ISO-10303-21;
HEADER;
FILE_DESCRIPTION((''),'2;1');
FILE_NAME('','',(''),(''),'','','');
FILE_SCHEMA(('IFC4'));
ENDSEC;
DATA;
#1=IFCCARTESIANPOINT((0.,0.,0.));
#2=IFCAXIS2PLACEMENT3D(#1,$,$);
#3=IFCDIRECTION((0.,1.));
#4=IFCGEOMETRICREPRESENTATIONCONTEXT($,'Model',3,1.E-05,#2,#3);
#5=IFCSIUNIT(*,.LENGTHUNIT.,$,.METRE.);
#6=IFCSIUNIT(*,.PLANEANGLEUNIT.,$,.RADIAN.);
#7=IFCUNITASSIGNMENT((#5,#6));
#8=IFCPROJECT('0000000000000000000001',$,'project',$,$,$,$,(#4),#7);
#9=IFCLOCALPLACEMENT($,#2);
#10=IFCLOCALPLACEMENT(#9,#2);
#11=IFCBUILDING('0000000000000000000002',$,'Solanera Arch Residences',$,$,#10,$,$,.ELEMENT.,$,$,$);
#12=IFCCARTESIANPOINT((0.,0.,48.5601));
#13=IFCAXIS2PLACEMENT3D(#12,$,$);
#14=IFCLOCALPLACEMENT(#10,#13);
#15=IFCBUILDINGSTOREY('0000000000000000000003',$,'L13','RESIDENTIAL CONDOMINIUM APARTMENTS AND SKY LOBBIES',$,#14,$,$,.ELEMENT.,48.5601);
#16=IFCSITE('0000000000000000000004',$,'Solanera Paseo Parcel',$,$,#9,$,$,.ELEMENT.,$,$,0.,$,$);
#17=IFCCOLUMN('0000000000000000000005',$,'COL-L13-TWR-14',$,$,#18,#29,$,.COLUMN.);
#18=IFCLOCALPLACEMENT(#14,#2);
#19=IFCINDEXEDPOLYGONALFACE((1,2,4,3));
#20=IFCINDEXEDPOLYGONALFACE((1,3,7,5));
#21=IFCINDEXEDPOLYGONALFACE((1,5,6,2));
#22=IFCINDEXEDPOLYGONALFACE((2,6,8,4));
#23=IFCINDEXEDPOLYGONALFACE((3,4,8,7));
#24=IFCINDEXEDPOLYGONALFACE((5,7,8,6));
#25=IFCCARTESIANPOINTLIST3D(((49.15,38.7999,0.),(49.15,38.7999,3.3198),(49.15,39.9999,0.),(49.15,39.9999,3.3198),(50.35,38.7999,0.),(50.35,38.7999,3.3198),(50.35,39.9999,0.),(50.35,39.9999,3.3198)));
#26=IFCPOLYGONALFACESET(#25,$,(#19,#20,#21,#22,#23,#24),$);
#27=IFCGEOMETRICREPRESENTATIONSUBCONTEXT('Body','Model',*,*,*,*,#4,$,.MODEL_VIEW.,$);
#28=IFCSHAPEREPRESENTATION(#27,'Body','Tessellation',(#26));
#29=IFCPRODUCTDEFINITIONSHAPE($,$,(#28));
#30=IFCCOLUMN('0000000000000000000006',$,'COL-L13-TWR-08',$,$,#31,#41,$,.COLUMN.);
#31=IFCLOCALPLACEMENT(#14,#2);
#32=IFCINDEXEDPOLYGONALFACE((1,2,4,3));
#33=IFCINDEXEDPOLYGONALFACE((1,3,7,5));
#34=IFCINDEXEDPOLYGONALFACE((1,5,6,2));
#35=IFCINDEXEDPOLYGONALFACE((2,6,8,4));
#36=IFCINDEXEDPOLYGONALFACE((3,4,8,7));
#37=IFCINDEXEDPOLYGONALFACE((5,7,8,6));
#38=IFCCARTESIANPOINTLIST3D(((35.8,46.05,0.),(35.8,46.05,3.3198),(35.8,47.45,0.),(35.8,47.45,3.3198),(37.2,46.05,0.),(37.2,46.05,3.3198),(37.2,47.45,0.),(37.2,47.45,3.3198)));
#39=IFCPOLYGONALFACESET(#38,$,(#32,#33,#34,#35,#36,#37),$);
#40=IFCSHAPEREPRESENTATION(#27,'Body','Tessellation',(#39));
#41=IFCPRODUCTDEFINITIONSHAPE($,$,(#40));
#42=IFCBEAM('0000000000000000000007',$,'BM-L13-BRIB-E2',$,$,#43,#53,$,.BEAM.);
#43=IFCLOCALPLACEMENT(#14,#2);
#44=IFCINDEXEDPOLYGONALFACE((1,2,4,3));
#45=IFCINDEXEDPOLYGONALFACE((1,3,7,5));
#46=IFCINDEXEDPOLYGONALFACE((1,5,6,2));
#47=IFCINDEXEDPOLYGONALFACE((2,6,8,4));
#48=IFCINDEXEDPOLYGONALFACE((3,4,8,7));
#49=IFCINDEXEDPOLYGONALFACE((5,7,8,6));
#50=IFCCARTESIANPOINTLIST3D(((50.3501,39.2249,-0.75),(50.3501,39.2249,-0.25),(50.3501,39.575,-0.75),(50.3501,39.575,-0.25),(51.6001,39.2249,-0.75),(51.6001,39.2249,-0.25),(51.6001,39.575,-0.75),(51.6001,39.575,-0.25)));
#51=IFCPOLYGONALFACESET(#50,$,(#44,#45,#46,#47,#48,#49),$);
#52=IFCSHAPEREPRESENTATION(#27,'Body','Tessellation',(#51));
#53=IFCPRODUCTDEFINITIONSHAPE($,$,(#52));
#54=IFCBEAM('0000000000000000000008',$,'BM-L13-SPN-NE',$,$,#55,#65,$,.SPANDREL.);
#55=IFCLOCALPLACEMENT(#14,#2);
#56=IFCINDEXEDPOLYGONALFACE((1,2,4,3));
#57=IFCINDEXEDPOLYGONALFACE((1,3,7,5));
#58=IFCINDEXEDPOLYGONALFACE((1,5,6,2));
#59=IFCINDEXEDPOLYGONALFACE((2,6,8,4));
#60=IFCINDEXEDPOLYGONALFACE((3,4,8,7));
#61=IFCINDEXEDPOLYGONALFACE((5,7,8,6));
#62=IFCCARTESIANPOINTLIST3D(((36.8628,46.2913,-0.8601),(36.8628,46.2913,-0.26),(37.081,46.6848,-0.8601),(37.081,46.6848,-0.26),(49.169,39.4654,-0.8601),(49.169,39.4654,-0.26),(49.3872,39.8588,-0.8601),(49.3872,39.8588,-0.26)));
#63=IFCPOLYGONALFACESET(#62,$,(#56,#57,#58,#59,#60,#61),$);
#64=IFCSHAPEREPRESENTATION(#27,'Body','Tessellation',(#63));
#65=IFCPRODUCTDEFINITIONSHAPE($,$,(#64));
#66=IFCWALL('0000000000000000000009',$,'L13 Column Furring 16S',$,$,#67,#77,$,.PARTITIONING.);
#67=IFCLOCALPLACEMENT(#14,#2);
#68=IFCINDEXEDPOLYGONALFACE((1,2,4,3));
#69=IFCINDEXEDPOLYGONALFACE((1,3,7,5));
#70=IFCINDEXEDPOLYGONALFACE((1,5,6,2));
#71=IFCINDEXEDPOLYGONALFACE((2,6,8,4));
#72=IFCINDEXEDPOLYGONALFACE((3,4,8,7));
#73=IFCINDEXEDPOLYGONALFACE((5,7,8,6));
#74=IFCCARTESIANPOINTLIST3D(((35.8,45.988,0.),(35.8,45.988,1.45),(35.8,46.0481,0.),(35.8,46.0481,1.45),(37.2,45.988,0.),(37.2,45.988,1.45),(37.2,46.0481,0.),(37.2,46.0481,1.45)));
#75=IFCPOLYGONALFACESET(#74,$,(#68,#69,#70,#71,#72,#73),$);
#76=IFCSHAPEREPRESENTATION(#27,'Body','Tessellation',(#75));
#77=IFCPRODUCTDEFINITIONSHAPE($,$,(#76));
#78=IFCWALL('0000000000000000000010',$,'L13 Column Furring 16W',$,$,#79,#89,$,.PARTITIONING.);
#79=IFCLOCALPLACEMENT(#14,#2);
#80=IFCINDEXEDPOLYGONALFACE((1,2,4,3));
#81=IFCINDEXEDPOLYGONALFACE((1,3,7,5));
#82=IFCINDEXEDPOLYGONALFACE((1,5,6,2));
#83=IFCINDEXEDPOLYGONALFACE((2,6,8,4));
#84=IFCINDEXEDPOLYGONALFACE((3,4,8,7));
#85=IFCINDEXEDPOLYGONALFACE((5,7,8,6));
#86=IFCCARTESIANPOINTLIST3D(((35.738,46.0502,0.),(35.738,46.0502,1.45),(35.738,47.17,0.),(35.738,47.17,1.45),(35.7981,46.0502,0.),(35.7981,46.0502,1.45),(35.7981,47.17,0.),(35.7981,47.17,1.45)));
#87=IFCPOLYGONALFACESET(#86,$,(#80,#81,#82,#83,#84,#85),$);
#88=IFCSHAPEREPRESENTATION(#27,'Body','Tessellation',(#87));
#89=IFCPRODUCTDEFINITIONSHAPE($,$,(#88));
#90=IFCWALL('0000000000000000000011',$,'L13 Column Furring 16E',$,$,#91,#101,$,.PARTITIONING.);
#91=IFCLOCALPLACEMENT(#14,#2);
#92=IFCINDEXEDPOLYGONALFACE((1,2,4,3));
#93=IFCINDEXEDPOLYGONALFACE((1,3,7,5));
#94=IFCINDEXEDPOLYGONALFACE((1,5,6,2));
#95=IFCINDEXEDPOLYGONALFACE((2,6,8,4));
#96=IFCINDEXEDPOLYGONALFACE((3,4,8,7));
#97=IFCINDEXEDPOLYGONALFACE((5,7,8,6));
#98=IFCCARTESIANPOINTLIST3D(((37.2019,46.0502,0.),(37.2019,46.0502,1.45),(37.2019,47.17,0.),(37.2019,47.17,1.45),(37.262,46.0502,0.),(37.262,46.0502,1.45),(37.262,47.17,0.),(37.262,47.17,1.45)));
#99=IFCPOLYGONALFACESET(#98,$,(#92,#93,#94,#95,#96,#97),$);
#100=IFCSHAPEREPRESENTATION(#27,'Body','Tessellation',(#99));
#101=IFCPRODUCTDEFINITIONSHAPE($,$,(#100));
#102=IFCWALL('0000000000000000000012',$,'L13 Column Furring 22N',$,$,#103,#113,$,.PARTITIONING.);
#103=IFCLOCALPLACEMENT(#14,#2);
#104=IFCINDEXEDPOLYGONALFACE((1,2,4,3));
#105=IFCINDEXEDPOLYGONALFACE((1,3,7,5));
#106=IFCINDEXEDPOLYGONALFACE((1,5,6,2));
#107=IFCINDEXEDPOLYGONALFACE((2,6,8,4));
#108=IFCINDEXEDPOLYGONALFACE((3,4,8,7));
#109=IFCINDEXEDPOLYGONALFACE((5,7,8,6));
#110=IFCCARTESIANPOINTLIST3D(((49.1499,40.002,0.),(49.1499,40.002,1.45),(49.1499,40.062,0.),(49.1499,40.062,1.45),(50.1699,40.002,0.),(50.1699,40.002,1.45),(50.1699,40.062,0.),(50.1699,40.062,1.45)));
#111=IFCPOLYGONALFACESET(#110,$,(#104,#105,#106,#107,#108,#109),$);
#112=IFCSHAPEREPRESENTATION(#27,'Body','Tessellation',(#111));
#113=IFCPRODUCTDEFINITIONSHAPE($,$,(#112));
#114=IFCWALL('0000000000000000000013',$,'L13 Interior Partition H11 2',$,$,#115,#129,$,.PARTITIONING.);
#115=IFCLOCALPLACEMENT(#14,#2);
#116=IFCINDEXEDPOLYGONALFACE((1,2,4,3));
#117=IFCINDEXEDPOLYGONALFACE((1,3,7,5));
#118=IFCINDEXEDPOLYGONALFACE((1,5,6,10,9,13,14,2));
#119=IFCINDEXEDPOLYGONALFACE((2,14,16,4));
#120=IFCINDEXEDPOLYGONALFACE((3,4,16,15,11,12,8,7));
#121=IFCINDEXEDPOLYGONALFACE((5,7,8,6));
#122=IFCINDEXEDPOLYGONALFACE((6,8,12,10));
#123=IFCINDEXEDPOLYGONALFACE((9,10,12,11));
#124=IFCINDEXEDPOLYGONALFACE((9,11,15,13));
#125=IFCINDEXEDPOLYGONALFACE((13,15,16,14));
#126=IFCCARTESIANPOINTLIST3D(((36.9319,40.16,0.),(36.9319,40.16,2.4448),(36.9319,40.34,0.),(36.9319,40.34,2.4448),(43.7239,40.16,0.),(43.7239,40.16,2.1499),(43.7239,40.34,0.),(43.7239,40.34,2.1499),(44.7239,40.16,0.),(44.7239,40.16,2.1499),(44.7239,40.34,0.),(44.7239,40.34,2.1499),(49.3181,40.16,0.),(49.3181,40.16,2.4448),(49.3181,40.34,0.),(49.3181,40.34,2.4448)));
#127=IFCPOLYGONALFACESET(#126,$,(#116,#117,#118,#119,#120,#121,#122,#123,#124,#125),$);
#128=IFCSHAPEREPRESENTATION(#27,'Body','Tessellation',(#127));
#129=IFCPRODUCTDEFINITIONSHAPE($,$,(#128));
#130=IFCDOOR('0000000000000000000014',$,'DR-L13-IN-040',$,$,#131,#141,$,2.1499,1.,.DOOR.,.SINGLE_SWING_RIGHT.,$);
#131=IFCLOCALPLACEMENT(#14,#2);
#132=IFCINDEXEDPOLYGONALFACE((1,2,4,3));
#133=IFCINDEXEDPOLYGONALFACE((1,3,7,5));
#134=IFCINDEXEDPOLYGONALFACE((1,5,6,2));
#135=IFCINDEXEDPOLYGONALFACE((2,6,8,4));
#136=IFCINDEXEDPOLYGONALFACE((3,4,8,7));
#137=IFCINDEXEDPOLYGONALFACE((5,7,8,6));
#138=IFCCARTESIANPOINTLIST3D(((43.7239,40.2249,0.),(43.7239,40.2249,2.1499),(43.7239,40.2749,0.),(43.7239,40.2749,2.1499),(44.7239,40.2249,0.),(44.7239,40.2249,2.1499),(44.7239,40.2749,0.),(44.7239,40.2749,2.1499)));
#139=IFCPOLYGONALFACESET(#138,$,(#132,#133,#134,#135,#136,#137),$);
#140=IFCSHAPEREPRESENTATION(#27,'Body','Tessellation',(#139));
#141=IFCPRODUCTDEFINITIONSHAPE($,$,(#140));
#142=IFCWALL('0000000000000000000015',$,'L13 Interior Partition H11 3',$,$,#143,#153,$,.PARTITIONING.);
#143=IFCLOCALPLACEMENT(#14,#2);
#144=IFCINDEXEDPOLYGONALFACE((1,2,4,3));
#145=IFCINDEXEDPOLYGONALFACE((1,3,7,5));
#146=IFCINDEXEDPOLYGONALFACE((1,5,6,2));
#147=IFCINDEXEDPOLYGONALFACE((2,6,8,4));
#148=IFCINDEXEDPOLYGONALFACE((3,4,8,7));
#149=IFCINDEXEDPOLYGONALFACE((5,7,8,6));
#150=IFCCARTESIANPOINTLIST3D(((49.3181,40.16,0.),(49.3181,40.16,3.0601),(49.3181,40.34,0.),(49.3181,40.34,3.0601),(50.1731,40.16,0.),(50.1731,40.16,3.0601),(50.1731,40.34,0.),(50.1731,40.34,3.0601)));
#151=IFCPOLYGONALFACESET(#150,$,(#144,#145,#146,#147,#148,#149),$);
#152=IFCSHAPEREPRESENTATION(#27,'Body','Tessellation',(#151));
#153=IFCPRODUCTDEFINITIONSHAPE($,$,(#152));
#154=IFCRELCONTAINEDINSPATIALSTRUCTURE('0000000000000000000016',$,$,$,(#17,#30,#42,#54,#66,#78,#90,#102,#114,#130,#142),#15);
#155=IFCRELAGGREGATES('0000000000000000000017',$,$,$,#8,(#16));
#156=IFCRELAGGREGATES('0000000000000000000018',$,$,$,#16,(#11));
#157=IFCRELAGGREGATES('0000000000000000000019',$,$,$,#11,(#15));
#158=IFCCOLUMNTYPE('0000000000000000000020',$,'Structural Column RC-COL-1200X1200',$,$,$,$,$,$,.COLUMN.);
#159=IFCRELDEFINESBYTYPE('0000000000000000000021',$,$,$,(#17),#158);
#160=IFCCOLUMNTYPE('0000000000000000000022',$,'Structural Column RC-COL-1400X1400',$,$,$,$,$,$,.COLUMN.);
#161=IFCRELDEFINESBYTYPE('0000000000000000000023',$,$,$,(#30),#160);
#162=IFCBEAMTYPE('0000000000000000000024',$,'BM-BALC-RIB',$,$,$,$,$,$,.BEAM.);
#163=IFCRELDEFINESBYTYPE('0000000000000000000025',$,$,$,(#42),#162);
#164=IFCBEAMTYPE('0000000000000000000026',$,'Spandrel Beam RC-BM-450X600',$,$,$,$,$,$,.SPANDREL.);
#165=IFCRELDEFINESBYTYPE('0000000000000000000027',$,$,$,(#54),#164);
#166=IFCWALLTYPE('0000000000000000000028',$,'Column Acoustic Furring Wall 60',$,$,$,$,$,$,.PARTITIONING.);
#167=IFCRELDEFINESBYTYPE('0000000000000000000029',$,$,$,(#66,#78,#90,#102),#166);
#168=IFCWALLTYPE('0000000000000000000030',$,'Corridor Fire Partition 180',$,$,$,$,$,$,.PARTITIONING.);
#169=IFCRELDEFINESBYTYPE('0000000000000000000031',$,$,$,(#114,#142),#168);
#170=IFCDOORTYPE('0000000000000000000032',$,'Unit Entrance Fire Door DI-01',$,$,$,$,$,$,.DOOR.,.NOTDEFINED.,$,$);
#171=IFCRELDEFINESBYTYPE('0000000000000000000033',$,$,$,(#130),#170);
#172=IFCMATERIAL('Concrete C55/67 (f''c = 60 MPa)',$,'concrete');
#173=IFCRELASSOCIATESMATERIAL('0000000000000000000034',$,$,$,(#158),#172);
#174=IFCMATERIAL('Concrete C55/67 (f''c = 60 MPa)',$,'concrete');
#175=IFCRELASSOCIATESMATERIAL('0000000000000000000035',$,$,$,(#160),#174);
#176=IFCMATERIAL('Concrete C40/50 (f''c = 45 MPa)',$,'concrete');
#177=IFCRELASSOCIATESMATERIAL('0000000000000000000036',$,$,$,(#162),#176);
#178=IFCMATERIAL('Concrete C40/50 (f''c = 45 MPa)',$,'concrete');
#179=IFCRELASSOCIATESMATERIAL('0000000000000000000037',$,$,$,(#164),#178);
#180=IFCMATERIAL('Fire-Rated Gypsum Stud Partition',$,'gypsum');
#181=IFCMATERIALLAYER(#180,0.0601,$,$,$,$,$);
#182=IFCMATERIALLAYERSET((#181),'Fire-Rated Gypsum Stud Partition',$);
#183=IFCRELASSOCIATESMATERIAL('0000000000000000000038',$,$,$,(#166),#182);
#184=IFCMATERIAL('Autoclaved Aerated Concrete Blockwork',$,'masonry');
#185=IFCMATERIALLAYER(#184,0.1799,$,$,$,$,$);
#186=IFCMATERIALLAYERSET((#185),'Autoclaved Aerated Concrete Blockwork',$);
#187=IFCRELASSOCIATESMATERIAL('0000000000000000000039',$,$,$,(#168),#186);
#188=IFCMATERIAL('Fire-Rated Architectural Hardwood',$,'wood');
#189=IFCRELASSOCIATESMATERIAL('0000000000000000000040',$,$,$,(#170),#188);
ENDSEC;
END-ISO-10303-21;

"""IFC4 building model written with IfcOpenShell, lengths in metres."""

from ifc_helpers import new_model, si_unit, direction, frame, frame_2d, origin, origin_2d, place, context, subcontext, project, spatial, rectangle, extrude, material, layer, layer_set, material_profile, profile_set, type_object, element, fill, save


model = new_model("IFC4")

# Units and contexts
model_context = context("Model", 3, precision=1e-05, world=origin(), true_north=direction((0.0, 1.0)))
body_context = subcontext(model_context, "Body", "Model", "MODEL_VIEW")
ifc_project = project(units=[si_unit("LENGTHUNIT", "METRE"), si_unit("PLANEANGLEUNIT", "RADIAN")], contexts=[model_context])

# Site, building, storey
site_placement = place(None, origin())
site = spatial("IfcSite", under=ifc_project, at=site_placement, Name="Solanera Paseo Parcel", CompositionType="ELEMENT", RefElevation=0.0)
building_placement = place(site_placement, origin())
building = spatial("IfcBuilding", under=site, at=building_placement, Name="Solanera Arch Residences", CompositionType="ELEMENT")
storey_placement = place(building_placement, frame((0.0, 0.0, 48.5601)))
storey = spatial("IfcBuildingStorey", under=building, at=storey_placement, Name="L13", Description="RESIDENTIAL CONDOMINIUM APARTMENTS AND SKY LOBBIES", CompositionType="ELEMENT", Elevation=48.5601)

# Columns
ifc_material_1 = material(Name="Concrete C55/67 (f'c = 60 MPa)", Category="concrete")
ifc_material_profile_1 = material_profile(ifc_material_1, rectangle(XDim=1.2, YDim=1.2, at=origin_2d()))
ifc_profile_set_1 = profile_set([ifc_material_profile_1], Name="Concrete C55/67 (f'c = 60 MPa)")
column_type_1 = type_object("IfcColumnType", Name="Structural Column RC-COL-1200X1200", PredefinedType="COLUMN", material=ifc_profile_set_1)
column_1_placement = place(storey_placement, frame((49.75, 39.3999, 0.0), z_axis=(0.0, 0.0, 1.0), x_axis=(1.0, 0.0, 0.0)))
element("IfcColumn", 1, at=column_1_placement, inside=storey, type_object=column_type_1, Name="COL-L13-TWR-14", PredefinedType="COLUMN", context=body_context, shape_type="SweptSolid", body=[
    extrude(rectangle(XDim=1.2, YDim=1.2, at=origin_2d()), origin(), (0.0, 0.0, 1.0), 3.3198),
])
ifc_material_2 = material(Name="Concrete C55/67 (f'c = 60 MPa)", Category="concrete")
ifc_material_profile_2 = material_profile(ifc_material_2, rectangle(XDim=1.3999, YDim=1.3999, at=origin_2d()))
ifc_profile_set_2 = profile_set([ifc_material_profile_2], Name="Concrete C55/67 (f'c = 60 MPa)")
column_type_2 = type_object("IfcColumnType", Name="Structural Column RC-COL-1400X1400", PredefinedType="COLUMN", material=ifc_profile_set_2)
column_2_placement = place(storey_placement, frame((36.5, 46.75, 0.0), z_axis=(0.0, 0.0, 1.0), x_axis=(1.0, 0.0, 0.0)))
element("IfcColumn", 2, at=column_2_placement, inside=storey, type_object=column_type_2, Name="COL-L13-TWR-08", PredefinedType="COLUMN", context=body_context, shape_type="SweptSolid", body=[
    extrude(rectangle(XDim=1.3999, YDim=1.3999, at=origin_2d()), origin(), (0.0, 0.0, 1.0), 3.3198),
])

# Beams
ifc_material_3 = material(Name="Concrete C40/50 (f'c = 45 MPa)", Category="concrete")
ifc_material_profile_3 = material_profile(ifc_material_3, rectangle(XDim=0.3501, YDim=0.5, at=origin_2d()))
ifc_profile_set_3 = profile_set([ifc_material_profile_3], Name="Concrete C40/50 (f'c = 45 MPa)")
beam_type_1 = type_object("IfcBeamType", Name="BM-BALC-RIB", PredefinedType="BEAM", material=ifc_profile_set_3)
beam_1_placement = place(storey_placement, frame((50.3501, 39.3999, -0.5), z_axis=(1.0, 0.0, 0.0), x_axis=(0.0, 1.0, 0.0)))
element("IfcBeam", 3, at=beam_1_placement, inside=storey, type_object=beam_type_1, Name="BM-L13-BRIB-E2", PredefinedType="BEAM", context=body_context, shape_type="SweptSolid", body=[
    extrude(rectangle(XDim=0.3501, YDim=0.5, at=origin_2d()), origin(), (0.0, 0.0, 1.0), 1.25),
])
ifc_material_4 = material(Name="Concrete C40/50 (f'c = 45 MPa)", Category="concrete")
ifc_material_profile_4 = material_profile(ifc_material_4, rectangle(XDim=0.45, YDim=0.6001, at=origin_2d()))
ifc_profile_set_4 = profile_set([ifc_material_profile_4], Name="Concrete C40/50 (f'c = 45 MPa)")
beam_type_2 = type_object("IfcBeamType", Name="Spandrel Beam RC-BM-450X600", PredefinedType="SPANDREL", material=ifc_profile_set_4)
beam_2_placement = place(storey_placement, frame((36.9719, 46.488, -0.5601), z_axis=(0.874484, -0.485055, 0.0), x_axis=(0.485055, 0.874484, 0.0)))
element("IfcBeam", 4, at=beam_2_placement, inside=storey, type_object=beam_type_2, Name="BM-L13-SPN-NE", PredefinedType="SPANDREL", context=body_context, shape_type="SweptSolid", body=[
    extrude(rectangle(XDim=0.45, YDim=0.6001, at=origin_2d()), origin(), (0.0, 0.0, 1.0), 14.0725),
])

# Walls
ifc_material_5 = material(Name="Fire-Rated Gypsum Stud Partition", Category="gypsum")
ifc_layer_1 = layer(ifc_material_5, 0.0601)
ifc_layer_set_1 = layer_set([ifc_layer_1], Name="Fire-Rated Gypsum Stud Partition")
wall_type_1 = type_object("IfcWallType", Name="Column Acoustic Furring Wall 60", PredefinedType="PARTITIONING", material=ifc_layer_set_1)
wall_1_placement = place(storey_placement, frame((35.8, 46.0181, 0.0), z_axis=(0.0, 0.0, 1.0), x_axis=(1.0, 0.0, 0.0)))
element("IfcWall", 5, at=wall_1_placement, inside=storey, type_object=wall_type_1, Name="L13 Column Furring 16S", PredefinedType="PARTITIONING", context=body_context, shape_type="SweptSolid", body=[
    extrude(rectangle(XDim=1.3999, YDim=0.0601, at=frame_2d((0.7, 0.0))), origin(), (0.0, 0.0, 1.0), 1.45),
])
for number, where, z_axis, x_axis, name in (
    (6, (35.7681, 46.05, 0.0), (0.0, 0.0, 1.0), (0.0, 1.0, 0.0), "L13 Column Furring 16W"),
    (7, (37.2319, 46.05, 0.0), (0.0, 0.0, 1.0), (0.0, 1.0, 0.0), "L13 Column Furring 16E"),
):
    element("IfcWall", number, at=place(storey_placement, frame(where, z_axis=z_axis, x_axis=x_axis)), inside=storey, type_object=wall_type_1, Name=name, PredefinedType="PARTITIONING", context=body_context, shape_type="SweptSolid", body=[
        extrude(rectangle(XDim=1.1199, YDim=0.0601, at=frame_2d((0.5601, 0.0))), origin(), (0.0, 0.0, 1.0), 1.45),
    ])
wall_2_placement = place(storey_placement, frame((49.1499, 40.032, 0.0), z_axis=(0.0, 0.0, 1.0), x_axis=(1.0, 0.0, 0.0)))
element("IfcWall", 8, at=wall_2_placement, inside=storey, type_object=wall_type_1, Name="L13 Column Furring 22N", PredefinedType="PARTITIONING", context=body_context, shape_type="SweptSolid", body=[
    extrude(rectangle(XDim=1.02, YDim=0.0601, at=frame_2d((0.51, 0.0))), origin(), (0.0, 0.0, 1.0), 1.45),
])

# Wall, opening, door
ifc_material_6 = material(Name="Autoclaved Aerated Concrete Blockwork", Category="masonry")
ifc_layer_2 = layer(ifc_material_6, 0.1799)
ifc_layer_set_2 = layer_set([ifc_layer_2], Name="Autoclaved Aerated Concrete Blockwork")
wall_type_2 = type_object("IfcWallType", Name="Corridor Fire Partition 180", PredefinedType="PARTITIONING", material=ifc_layer_set_2)
wall_3_placement = place(storey_placement, frame((36.9319, 40.25, 0.0), z_axis=(0.0, 0.0, 1.0), x_axis=(1.0, 0.0, 0.0)))
wall_3 = element("IfcWall", 9, at=wall_3_placement, inside=storey, type_object=wall_type_2, Name="L13 Interior Partition H11 2", PredefinedType="PARTITIONING", context=body_context, shape_type="SweptSolid", body=[
    extrude(rectangle(XDim=12.3862, YDim=0.1799, at=frame_2d((6.1931, 0.0))), origin(), (0.0, 0.0, 1.0), 2.4448),
])
opening_1_placement = place(wall_3_placement, frame((6.792, 0.0, 0.0)))
opening_1 = element("IfcOpeningElement", 10, at=opening_1_placement, cuts=wall_3, PredefinedType="OPENING", context=body_context, shape_type="SweptSolid", body=[
    extrude(rectangle(XDim=1.0, YDim=2.1499, at=frame_2d((0.5, 1.075))), frame((0.0, 0.1001, 0.0), z_axis=(0.0, -1.0, 0.0), x_axis=(1.0, 0.0, 0.0)), (0.0, 0.0, 1.0), 0.1999),
])
ifc_material_7 = material(Name="Fire-Rated Architectural Hardwood", Category="wood")
door_type_1 = type_object("IfcDoorType", Name="Unit Entrance Fire Door DI-01", OperationType="NOTDEFINED", PredefinedType="DOOR", material=ifc_material_7)
door_1_placement = place(opening_1_placement, origin())
door_1 = element("IfcDoor", 11, at=door_1_placement, inside=storey, type_object=door_type_1, Name="DR-L13-IN-040", OperationType="SINGLE_SWING_RIGHT", OverallHeight=2.1499, OverallWidth=1.0, PredefinedType="DOOR", context=body_context, shape_type="SweptSolid", body=[
    extrude(rectangle(XDim=1.0, YDim=2.1499, at=frame_2d((0.5, 1.075))), frame((0.0, 0.0249, 0.0), z_axis=(0.0, -1.0, 0.0), x_axis=(1.0, 0.0, 0.0)), (0.0, 0.0, 1.0), 0.05),
])
fill(opening_1, door_1)

# Wall
wall_4_placement = place(storey_placement, frame((49.3181, 40.25, 0.0), z_axis=(0.0, 0.0, 1.0), x_axis=(1.0, 0.0, 0.0)))
element("IfcWall", 12, at=wall_4_placement, inside=storey, type_object=wall_type_2, Name="L13 Interior Partition H11 3", PredefinedType="PARTITIONING", context=body_context, shape_type="SweptSolid", body=[
    extrude(rectangle(XDim=0.855, YDim=0.1799, at=frame_2d((0.4275, 0.0))), origin(), (0.0, 0.0, 1.0), 3.0601),
])

save(model, "model.ifc")
